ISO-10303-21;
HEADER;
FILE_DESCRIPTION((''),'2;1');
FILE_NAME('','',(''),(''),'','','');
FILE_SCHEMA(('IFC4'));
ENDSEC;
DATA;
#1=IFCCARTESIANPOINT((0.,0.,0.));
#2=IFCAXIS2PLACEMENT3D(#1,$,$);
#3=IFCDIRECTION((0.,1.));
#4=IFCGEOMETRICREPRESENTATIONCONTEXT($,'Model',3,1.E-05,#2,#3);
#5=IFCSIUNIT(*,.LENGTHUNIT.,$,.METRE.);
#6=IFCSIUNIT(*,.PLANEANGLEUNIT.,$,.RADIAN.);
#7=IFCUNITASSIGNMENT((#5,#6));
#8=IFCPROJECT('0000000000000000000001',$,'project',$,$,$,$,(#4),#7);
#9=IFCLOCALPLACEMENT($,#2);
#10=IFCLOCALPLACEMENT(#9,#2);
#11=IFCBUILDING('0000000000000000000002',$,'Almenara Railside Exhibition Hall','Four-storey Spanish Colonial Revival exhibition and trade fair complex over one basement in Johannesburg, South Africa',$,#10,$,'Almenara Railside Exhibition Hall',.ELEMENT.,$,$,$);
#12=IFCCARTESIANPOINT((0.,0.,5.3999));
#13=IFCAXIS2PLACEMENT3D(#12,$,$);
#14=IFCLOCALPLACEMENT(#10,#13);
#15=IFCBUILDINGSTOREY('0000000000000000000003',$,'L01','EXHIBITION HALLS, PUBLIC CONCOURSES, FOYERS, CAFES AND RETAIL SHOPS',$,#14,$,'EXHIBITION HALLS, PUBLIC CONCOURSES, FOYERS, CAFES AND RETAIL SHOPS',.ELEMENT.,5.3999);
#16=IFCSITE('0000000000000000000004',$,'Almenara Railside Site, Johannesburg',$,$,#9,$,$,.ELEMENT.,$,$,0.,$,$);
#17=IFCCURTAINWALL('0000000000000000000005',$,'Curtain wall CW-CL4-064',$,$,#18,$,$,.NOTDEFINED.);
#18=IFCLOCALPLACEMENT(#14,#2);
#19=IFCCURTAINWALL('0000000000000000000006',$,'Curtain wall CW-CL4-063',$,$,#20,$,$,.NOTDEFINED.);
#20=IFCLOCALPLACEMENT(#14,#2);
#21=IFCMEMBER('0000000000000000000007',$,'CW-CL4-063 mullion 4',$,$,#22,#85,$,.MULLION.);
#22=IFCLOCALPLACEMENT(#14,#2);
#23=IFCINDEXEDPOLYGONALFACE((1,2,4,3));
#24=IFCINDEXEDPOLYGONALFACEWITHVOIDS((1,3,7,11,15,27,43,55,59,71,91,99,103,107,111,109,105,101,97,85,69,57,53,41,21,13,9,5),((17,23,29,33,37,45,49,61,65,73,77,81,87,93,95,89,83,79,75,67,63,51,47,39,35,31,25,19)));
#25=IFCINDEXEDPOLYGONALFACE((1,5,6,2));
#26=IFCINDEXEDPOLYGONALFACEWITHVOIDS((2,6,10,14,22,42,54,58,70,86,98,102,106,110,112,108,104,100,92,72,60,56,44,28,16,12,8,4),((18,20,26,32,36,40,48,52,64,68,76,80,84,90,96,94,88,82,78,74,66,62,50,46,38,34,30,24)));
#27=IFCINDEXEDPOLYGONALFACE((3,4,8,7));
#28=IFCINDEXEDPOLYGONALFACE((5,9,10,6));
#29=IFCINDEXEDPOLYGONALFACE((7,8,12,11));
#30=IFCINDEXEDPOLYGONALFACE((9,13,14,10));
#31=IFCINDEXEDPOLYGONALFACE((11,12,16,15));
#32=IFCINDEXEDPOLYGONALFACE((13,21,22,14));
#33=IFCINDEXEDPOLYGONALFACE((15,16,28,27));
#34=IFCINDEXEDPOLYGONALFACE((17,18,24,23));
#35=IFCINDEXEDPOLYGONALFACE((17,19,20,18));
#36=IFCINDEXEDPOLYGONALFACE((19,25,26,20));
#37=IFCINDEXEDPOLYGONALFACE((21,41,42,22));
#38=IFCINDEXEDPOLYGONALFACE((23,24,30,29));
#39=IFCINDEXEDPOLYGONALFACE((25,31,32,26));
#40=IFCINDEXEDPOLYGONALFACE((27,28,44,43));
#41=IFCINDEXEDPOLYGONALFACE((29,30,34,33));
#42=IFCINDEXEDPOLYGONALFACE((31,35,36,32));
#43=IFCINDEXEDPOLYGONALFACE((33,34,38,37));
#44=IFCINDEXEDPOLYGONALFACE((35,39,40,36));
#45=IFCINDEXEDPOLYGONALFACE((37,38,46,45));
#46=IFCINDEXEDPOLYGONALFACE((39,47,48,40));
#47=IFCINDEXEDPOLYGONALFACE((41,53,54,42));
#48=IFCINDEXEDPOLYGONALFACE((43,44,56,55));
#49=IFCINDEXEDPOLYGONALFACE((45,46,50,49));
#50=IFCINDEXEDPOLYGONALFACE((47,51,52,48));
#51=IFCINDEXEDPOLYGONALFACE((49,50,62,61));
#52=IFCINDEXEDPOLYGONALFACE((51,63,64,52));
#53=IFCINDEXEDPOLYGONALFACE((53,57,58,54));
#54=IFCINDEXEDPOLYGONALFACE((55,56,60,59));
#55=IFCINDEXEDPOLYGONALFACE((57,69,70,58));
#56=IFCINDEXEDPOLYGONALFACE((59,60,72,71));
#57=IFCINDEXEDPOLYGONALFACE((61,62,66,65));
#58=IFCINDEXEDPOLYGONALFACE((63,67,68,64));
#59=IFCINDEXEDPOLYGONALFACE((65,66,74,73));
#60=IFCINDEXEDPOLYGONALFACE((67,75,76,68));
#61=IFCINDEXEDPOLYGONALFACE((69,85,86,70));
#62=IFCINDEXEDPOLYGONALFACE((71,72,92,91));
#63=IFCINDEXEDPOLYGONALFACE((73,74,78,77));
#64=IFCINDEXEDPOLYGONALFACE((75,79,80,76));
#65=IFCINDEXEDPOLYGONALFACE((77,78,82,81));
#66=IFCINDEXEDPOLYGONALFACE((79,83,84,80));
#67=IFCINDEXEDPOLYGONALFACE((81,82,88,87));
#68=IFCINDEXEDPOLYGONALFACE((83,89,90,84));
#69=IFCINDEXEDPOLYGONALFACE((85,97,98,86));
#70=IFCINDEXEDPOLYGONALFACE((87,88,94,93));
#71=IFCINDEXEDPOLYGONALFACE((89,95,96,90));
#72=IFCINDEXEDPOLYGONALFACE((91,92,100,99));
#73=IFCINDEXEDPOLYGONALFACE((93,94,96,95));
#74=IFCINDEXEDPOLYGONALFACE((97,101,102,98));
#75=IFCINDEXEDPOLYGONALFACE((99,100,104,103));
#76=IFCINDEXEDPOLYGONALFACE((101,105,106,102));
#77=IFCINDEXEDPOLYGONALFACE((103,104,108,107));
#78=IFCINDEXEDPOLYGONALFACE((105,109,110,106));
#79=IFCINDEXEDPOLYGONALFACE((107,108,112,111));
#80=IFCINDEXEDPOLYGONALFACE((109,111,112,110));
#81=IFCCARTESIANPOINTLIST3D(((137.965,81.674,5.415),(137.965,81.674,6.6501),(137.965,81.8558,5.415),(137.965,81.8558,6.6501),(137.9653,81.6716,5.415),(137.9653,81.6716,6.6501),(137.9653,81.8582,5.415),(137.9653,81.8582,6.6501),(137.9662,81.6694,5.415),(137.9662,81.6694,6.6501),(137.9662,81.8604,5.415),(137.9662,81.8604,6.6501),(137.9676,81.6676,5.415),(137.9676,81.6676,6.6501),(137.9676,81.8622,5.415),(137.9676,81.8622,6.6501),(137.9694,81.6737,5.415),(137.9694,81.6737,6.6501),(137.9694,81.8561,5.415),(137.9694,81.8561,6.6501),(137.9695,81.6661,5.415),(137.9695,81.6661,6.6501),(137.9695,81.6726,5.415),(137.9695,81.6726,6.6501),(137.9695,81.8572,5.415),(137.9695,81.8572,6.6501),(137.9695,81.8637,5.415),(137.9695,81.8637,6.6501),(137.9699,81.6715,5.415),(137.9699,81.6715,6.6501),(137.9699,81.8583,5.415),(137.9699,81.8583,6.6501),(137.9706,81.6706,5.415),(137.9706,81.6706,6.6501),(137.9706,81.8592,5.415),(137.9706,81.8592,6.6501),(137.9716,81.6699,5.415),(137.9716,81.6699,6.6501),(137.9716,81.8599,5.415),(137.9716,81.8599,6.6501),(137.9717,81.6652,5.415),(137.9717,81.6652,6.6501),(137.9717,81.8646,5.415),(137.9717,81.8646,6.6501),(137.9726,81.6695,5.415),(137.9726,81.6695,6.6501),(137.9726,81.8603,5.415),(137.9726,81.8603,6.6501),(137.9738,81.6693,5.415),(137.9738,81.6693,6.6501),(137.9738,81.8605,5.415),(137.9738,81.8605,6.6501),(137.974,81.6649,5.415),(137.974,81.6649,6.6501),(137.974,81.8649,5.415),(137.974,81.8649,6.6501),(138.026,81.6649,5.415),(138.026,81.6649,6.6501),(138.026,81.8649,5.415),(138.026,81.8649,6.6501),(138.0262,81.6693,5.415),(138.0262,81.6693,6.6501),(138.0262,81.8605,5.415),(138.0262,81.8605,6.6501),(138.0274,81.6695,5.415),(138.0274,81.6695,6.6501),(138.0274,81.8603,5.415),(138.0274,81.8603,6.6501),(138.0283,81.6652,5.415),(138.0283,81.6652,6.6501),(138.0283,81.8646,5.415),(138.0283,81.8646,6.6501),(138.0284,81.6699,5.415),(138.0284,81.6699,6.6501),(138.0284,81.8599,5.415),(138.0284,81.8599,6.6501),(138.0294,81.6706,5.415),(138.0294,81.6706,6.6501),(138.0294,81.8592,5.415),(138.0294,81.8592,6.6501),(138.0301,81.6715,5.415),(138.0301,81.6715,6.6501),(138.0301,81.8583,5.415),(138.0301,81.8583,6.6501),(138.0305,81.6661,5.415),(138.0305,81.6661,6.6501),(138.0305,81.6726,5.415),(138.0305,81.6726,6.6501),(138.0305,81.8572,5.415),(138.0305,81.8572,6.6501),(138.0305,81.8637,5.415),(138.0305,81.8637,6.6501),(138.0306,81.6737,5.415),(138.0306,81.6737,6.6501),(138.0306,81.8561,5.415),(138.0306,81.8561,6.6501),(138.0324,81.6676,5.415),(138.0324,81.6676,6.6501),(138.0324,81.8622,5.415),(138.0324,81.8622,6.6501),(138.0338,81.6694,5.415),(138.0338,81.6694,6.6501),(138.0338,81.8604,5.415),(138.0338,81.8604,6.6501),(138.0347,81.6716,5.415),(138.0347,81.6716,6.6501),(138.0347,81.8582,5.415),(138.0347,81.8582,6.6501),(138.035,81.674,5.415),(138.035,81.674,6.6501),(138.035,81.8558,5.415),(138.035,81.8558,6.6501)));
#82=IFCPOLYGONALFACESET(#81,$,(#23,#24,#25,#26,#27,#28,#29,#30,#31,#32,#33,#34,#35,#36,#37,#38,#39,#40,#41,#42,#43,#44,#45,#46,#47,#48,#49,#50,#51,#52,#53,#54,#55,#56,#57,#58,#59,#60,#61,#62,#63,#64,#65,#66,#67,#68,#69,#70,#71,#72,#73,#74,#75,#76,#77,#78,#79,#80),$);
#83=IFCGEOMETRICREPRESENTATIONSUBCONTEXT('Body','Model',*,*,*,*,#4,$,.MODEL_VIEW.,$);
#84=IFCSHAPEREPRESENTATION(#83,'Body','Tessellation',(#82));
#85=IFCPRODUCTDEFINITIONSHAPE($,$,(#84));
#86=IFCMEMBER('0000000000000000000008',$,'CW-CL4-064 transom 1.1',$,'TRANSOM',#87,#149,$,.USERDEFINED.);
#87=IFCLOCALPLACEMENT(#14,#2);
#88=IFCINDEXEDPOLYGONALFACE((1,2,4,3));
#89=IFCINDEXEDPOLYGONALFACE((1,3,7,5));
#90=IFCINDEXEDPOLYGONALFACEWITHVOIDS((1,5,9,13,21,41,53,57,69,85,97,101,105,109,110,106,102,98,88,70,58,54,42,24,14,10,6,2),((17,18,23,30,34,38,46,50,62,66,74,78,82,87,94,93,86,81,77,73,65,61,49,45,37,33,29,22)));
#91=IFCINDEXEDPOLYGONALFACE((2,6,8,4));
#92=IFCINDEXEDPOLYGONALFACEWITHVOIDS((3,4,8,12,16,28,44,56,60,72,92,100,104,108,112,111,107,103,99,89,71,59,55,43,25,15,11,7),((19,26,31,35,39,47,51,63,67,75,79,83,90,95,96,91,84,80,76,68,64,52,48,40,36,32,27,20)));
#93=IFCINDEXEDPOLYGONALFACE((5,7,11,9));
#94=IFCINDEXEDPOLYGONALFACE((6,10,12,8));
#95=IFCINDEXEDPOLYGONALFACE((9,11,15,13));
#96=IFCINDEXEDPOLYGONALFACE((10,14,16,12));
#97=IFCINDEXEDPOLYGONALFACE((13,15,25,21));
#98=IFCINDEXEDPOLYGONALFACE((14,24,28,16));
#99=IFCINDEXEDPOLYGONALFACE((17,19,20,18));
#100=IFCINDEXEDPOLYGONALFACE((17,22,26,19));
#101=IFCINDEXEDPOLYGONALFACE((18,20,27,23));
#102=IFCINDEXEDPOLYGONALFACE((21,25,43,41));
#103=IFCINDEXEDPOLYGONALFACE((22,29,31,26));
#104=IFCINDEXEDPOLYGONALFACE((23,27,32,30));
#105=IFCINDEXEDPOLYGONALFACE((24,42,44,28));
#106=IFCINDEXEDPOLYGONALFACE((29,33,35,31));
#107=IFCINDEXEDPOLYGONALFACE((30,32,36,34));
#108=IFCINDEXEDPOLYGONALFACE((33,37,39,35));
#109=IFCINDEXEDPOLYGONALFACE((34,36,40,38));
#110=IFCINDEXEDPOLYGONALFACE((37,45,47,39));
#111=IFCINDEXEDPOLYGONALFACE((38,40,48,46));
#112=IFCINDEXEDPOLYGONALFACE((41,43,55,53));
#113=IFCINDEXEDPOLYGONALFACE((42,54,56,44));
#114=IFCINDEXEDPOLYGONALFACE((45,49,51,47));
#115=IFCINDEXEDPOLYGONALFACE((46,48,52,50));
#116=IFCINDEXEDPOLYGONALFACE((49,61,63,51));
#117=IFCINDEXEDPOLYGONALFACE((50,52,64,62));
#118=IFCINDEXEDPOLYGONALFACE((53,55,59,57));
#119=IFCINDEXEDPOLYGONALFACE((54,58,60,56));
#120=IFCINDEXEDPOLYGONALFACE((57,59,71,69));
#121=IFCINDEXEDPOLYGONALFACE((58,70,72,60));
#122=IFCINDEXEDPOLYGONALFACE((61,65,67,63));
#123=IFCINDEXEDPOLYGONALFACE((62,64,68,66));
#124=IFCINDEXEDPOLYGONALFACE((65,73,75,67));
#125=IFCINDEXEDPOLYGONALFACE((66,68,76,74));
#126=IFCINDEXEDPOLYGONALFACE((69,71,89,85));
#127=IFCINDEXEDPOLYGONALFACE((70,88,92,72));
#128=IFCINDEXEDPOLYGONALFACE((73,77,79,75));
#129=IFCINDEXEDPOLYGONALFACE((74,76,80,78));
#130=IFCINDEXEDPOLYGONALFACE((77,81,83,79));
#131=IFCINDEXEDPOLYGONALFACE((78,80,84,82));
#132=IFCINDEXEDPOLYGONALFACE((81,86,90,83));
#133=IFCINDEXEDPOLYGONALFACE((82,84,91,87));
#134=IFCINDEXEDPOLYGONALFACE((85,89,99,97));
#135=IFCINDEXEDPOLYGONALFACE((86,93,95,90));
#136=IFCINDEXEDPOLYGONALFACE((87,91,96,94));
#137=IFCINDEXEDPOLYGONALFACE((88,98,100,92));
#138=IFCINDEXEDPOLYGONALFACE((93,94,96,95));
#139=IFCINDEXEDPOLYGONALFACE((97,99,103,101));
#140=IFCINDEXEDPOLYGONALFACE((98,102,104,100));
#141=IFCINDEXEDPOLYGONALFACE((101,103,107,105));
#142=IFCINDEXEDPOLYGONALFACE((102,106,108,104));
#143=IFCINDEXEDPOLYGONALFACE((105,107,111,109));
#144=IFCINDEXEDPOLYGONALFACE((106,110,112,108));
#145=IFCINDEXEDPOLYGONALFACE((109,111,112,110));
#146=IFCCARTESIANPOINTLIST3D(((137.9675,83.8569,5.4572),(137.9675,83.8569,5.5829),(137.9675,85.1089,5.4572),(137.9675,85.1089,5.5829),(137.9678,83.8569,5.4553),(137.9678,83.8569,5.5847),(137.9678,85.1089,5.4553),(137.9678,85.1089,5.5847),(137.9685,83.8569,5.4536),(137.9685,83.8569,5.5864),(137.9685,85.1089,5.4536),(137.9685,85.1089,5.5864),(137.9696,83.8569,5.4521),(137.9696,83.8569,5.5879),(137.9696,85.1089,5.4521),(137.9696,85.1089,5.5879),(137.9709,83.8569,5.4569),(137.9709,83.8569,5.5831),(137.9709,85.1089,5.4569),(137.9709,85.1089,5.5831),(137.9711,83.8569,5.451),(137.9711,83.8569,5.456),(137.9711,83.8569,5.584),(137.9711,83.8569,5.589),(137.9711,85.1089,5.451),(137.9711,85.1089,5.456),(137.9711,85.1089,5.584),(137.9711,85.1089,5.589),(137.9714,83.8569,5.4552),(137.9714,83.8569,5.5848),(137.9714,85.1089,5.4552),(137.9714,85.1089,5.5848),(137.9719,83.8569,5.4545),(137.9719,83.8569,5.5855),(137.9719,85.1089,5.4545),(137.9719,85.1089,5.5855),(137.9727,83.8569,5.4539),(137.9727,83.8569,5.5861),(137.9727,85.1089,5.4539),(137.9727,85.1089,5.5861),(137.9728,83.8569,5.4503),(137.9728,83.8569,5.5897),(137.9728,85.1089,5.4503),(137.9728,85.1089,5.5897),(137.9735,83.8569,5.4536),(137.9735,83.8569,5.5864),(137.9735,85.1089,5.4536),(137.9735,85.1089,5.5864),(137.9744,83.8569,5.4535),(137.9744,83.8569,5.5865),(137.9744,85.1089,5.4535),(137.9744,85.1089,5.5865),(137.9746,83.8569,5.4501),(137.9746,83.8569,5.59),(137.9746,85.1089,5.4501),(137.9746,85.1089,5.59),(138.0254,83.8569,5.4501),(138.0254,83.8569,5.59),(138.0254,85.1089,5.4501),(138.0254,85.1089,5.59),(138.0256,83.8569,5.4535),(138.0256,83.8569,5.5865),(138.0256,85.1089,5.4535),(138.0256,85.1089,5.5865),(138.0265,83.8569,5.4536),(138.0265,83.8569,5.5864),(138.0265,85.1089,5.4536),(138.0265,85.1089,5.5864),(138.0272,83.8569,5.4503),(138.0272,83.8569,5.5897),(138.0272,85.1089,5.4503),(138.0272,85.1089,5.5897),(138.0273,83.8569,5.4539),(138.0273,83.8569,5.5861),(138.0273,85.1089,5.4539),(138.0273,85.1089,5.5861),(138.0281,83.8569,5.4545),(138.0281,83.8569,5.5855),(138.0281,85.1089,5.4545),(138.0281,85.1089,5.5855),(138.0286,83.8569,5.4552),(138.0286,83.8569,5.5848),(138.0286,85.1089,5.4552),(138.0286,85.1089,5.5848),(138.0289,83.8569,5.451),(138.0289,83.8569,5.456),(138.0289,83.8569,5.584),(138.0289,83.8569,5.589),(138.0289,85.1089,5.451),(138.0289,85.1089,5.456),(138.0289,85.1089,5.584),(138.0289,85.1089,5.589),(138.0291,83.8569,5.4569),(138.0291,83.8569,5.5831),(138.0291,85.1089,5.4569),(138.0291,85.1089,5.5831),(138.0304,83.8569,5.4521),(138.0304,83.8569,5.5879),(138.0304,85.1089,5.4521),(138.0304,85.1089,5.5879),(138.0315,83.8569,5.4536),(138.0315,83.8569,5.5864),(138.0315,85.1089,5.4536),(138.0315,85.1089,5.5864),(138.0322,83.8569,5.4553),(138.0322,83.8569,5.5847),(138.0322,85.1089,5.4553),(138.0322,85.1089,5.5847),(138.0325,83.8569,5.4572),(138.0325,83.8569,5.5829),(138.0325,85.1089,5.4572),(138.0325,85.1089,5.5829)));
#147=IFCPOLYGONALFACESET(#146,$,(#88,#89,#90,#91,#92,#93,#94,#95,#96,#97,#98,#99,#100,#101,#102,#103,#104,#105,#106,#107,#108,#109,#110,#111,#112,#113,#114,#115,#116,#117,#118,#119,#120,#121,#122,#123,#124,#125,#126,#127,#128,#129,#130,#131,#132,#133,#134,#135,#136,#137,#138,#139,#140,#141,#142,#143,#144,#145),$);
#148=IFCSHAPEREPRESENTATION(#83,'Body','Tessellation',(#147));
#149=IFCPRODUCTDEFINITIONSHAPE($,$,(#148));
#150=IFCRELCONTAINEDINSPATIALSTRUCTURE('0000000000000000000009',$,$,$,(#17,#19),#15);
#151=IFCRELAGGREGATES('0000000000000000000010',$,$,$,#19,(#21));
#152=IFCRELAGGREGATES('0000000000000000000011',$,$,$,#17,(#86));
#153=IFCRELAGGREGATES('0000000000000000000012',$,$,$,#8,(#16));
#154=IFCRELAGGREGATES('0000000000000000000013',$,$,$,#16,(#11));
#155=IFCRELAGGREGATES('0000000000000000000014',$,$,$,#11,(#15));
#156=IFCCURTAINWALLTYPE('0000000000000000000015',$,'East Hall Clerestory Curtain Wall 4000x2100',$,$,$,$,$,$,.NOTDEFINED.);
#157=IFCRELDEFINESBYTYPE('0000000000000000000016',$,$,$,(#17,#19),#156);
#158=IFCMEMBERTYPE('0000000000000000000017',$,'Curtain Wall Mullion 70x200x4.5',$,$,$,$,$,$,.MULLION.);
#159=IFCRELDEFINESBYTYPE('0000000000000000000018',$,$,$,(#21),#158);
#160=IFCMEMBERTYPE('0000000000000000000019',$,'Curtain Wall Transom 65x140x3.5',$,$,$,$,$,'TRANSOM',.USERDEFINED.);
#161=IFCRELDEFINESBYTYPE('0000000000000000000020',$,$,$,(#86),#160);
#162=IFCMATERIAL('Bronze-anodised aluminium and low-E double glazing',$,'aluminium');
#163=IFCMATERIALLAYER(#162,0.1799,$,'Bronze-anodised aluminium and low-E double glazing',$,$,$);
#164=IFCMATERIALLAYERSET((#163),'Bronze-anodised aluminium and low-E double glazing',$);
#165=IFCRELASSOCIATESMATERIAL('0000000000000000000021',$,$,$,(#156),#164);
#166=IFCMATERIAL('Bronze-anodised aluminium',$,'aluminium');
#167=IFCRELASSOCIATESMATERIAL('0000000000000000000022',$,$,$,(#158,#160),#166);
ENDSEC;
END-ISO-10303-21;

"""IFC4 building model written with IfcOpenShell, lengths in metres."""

from ifc_helpers import new_model, si_unit, direction, frame, origin, origin_2d, place, context, subcontext, project, spatial, hollow_rectangle, extrude, material, layer, layer_set, material_profile, profile_set, type_object, element, aggregate, save


model = new_model("IFC4")

# Units and contexts
model_context = context("Model", 3, precision=1e-05, world=origin(), true_north=direction((0.0, 1.0)))
body_context = subcontext(model_context, "Body", "Model", "MODEL_VIEW")
ifc_project = project(units=[si_unit("LENGTHUNIT", "METRE"), si_unit("PLANEANGLEUNIT", "RADIAN")], contexts=[model_context])

# Site, building, storey
site_placement = place(None, origin())
site = spatial("IfcSite", under=ifc_project, at=site_placement, Name="Almenara Railside Site, Johannesburg", CompositionType="ELEMENT", RefElevation=0.0)
building_placement = place(site_placement, origin())
building = spatial("IfcBuilding", under=site, at=building_placement, Name="Almenara Railside Exhibition Hall", Description="Four-storey Spanish Colonial Revival exhibition and trade fair complex over one basement in Johannesburg, South Africa", LongName="Almenara Railside Exhibition Hall", CompositionType="ELEMENT")
storey_placement = place(building_placement, frame((0.0, 0.0, 5.3999)))
storey = spatial("IfcBuildingStorey", under=building, at=storey_placement, Name="L01", Description="EXHIBITION HALLS, PUBLIC CONCOURSES, FOYERS, CAFES AND RETAIL SHOPS", LongName="EXHIBITION HALLS, PUBLIC CONCOURSES, FOYERS, CAFES AND RETAIL SHOPS", CompositionType="ELEMENT", Elevation=5.3999)

# Curtain walls, member
ifc_material_1 = material(Name="Bronze-anodised aluminium and low-E double glazing", Category="aluminium")
ifc_layer_1 = layer(ifc_material_1, 0.1799, Name="Bronze-anodised aluminium and low-E double glazing")
ifc_layer_set_1 = layer_set([ifc_layer_1], Name="Bronze-anodised aluminium and low-E double glazing")
curtain_wall_type = type_object("IfcCurtainWallType", Name="East Hall Clerestory Curtain Wall 4000x2100", PredefinedType="NOTDEFINED", material=ifc_layer_set_1)
curtain_wall_1_placement = place(storey_placement, origin())
curtain_wall_1 = element("IfcCurtainWall", 1, at=curtain_wall_1_placement, inside=storey, type_object=curtain_wall_type, Name="Curtain wall CW-CL4-064", PredefinedType="NOTDEFINED")
ifc_material_2 = material(Name="Bronze-anodised aluminium", Category="aluminium")
curtain_wall_2_placement = place(storey_placement, origin())
curtain_wall_2 = element("IfcCurtainWall", 2, at=curtain_wall_2_placement, inside=storey, type_object=curtain_wall_type, Name="Curtain wall CW-CL4-063", PredefinedType="NOTDEFINED")
ifc_material_profile_1 = material_profile(ifc_material_2, hollow_rectangle(XDim=0.0701, YDim=0.2, WallThickness=0.0044, InnerFilletRadius=0.0044, OuterFilletRadius=0.009, at=origin_2d()), Name="ALU-MUL 70x200x4.5")
ifc_profile_set_1 = profile_set([ifc_material_profile_1], Name="Bronze-anodised aluminium")
member_type_1 = type_object("IfcMemberType", Name="Curtain Wall Mullion 70x200x4.5", PredefinedType="MULLION", material=ifc_profile_set_1)
member_1_placement = place(storey_placement, frame((138.0, 81.7649, 5.415), z_axis=(0.0, 0.0, 1.0), x_axis=(-1.0, 0.0, 0.0)))
member_1 = element("IfcMember", 3, at=member_1_placement, type_object=member_type_1, Name="CW-CL4-063 mullion 4", PredefinedType="MULLION", context=body_context, shape_type="SweptSolid", body=[
    extrude(hollow_rectangle(XDim=0.0701, YDim=0.2, WallThickness=0.0044, InnerFilletRadius=0.0044, OuterFilletRadius=0.009, at=origin_2d()), origin(), (0.0, 0.0, 1.0), 1.2351),
])

# Member
ifc_material_profile_2 = material_profile(ifc_material_2, hollow_rectangle(XDim=0.0649, YDim=0.1399, WallThickness=0.0034, InnerFilletRadius=0.0034, OuterFilletRadius=0.0071, at=origin_2d()), Name="ALU-TRN 65x140x3.5")
ifc_profile_set_2 = profile_set([ifc_material_profile_2], Name="Bronze-anodised aluminium")
member_type_2 = type_object("IfcMemberType", Name="Curtain Wall Transom 65x140x3.5", ElementType="TRANSOM", PredefinedType="USERDEFINED", material=ifc_profile_set_2)
member_2_placement = place(storey_placement, frame((138.0, 83.8569, 5.52), z_axis=(0.0, 1.0, 0.0), x_axis=(-1.0, 0.0, 0.0)))
member_2 = element("IfcMember", 4, at=member_2_placement, type_object=member_type_2, Name="CW-CL4-064 transom 1.1", ObjectType="TRANSOM", PredefinedType="USERDEFINED", context=body_context, shape_type="SweptSolid", body=[
    extrude(hollow_rectangle(XDim=0.0649, YDim=0.1399, WallThickness=0.0034, InnerFilletRadius=0.0034, OuterFilletRadius=0.0071, at=origin_2d()), origin(), (0.0, 0.0, 1.0), 1.252),
])

aggregate(curtain_wall_2, [member_1])
aggregate(curtain_wall_1, [member_2])

save(model, "model.ifc")
